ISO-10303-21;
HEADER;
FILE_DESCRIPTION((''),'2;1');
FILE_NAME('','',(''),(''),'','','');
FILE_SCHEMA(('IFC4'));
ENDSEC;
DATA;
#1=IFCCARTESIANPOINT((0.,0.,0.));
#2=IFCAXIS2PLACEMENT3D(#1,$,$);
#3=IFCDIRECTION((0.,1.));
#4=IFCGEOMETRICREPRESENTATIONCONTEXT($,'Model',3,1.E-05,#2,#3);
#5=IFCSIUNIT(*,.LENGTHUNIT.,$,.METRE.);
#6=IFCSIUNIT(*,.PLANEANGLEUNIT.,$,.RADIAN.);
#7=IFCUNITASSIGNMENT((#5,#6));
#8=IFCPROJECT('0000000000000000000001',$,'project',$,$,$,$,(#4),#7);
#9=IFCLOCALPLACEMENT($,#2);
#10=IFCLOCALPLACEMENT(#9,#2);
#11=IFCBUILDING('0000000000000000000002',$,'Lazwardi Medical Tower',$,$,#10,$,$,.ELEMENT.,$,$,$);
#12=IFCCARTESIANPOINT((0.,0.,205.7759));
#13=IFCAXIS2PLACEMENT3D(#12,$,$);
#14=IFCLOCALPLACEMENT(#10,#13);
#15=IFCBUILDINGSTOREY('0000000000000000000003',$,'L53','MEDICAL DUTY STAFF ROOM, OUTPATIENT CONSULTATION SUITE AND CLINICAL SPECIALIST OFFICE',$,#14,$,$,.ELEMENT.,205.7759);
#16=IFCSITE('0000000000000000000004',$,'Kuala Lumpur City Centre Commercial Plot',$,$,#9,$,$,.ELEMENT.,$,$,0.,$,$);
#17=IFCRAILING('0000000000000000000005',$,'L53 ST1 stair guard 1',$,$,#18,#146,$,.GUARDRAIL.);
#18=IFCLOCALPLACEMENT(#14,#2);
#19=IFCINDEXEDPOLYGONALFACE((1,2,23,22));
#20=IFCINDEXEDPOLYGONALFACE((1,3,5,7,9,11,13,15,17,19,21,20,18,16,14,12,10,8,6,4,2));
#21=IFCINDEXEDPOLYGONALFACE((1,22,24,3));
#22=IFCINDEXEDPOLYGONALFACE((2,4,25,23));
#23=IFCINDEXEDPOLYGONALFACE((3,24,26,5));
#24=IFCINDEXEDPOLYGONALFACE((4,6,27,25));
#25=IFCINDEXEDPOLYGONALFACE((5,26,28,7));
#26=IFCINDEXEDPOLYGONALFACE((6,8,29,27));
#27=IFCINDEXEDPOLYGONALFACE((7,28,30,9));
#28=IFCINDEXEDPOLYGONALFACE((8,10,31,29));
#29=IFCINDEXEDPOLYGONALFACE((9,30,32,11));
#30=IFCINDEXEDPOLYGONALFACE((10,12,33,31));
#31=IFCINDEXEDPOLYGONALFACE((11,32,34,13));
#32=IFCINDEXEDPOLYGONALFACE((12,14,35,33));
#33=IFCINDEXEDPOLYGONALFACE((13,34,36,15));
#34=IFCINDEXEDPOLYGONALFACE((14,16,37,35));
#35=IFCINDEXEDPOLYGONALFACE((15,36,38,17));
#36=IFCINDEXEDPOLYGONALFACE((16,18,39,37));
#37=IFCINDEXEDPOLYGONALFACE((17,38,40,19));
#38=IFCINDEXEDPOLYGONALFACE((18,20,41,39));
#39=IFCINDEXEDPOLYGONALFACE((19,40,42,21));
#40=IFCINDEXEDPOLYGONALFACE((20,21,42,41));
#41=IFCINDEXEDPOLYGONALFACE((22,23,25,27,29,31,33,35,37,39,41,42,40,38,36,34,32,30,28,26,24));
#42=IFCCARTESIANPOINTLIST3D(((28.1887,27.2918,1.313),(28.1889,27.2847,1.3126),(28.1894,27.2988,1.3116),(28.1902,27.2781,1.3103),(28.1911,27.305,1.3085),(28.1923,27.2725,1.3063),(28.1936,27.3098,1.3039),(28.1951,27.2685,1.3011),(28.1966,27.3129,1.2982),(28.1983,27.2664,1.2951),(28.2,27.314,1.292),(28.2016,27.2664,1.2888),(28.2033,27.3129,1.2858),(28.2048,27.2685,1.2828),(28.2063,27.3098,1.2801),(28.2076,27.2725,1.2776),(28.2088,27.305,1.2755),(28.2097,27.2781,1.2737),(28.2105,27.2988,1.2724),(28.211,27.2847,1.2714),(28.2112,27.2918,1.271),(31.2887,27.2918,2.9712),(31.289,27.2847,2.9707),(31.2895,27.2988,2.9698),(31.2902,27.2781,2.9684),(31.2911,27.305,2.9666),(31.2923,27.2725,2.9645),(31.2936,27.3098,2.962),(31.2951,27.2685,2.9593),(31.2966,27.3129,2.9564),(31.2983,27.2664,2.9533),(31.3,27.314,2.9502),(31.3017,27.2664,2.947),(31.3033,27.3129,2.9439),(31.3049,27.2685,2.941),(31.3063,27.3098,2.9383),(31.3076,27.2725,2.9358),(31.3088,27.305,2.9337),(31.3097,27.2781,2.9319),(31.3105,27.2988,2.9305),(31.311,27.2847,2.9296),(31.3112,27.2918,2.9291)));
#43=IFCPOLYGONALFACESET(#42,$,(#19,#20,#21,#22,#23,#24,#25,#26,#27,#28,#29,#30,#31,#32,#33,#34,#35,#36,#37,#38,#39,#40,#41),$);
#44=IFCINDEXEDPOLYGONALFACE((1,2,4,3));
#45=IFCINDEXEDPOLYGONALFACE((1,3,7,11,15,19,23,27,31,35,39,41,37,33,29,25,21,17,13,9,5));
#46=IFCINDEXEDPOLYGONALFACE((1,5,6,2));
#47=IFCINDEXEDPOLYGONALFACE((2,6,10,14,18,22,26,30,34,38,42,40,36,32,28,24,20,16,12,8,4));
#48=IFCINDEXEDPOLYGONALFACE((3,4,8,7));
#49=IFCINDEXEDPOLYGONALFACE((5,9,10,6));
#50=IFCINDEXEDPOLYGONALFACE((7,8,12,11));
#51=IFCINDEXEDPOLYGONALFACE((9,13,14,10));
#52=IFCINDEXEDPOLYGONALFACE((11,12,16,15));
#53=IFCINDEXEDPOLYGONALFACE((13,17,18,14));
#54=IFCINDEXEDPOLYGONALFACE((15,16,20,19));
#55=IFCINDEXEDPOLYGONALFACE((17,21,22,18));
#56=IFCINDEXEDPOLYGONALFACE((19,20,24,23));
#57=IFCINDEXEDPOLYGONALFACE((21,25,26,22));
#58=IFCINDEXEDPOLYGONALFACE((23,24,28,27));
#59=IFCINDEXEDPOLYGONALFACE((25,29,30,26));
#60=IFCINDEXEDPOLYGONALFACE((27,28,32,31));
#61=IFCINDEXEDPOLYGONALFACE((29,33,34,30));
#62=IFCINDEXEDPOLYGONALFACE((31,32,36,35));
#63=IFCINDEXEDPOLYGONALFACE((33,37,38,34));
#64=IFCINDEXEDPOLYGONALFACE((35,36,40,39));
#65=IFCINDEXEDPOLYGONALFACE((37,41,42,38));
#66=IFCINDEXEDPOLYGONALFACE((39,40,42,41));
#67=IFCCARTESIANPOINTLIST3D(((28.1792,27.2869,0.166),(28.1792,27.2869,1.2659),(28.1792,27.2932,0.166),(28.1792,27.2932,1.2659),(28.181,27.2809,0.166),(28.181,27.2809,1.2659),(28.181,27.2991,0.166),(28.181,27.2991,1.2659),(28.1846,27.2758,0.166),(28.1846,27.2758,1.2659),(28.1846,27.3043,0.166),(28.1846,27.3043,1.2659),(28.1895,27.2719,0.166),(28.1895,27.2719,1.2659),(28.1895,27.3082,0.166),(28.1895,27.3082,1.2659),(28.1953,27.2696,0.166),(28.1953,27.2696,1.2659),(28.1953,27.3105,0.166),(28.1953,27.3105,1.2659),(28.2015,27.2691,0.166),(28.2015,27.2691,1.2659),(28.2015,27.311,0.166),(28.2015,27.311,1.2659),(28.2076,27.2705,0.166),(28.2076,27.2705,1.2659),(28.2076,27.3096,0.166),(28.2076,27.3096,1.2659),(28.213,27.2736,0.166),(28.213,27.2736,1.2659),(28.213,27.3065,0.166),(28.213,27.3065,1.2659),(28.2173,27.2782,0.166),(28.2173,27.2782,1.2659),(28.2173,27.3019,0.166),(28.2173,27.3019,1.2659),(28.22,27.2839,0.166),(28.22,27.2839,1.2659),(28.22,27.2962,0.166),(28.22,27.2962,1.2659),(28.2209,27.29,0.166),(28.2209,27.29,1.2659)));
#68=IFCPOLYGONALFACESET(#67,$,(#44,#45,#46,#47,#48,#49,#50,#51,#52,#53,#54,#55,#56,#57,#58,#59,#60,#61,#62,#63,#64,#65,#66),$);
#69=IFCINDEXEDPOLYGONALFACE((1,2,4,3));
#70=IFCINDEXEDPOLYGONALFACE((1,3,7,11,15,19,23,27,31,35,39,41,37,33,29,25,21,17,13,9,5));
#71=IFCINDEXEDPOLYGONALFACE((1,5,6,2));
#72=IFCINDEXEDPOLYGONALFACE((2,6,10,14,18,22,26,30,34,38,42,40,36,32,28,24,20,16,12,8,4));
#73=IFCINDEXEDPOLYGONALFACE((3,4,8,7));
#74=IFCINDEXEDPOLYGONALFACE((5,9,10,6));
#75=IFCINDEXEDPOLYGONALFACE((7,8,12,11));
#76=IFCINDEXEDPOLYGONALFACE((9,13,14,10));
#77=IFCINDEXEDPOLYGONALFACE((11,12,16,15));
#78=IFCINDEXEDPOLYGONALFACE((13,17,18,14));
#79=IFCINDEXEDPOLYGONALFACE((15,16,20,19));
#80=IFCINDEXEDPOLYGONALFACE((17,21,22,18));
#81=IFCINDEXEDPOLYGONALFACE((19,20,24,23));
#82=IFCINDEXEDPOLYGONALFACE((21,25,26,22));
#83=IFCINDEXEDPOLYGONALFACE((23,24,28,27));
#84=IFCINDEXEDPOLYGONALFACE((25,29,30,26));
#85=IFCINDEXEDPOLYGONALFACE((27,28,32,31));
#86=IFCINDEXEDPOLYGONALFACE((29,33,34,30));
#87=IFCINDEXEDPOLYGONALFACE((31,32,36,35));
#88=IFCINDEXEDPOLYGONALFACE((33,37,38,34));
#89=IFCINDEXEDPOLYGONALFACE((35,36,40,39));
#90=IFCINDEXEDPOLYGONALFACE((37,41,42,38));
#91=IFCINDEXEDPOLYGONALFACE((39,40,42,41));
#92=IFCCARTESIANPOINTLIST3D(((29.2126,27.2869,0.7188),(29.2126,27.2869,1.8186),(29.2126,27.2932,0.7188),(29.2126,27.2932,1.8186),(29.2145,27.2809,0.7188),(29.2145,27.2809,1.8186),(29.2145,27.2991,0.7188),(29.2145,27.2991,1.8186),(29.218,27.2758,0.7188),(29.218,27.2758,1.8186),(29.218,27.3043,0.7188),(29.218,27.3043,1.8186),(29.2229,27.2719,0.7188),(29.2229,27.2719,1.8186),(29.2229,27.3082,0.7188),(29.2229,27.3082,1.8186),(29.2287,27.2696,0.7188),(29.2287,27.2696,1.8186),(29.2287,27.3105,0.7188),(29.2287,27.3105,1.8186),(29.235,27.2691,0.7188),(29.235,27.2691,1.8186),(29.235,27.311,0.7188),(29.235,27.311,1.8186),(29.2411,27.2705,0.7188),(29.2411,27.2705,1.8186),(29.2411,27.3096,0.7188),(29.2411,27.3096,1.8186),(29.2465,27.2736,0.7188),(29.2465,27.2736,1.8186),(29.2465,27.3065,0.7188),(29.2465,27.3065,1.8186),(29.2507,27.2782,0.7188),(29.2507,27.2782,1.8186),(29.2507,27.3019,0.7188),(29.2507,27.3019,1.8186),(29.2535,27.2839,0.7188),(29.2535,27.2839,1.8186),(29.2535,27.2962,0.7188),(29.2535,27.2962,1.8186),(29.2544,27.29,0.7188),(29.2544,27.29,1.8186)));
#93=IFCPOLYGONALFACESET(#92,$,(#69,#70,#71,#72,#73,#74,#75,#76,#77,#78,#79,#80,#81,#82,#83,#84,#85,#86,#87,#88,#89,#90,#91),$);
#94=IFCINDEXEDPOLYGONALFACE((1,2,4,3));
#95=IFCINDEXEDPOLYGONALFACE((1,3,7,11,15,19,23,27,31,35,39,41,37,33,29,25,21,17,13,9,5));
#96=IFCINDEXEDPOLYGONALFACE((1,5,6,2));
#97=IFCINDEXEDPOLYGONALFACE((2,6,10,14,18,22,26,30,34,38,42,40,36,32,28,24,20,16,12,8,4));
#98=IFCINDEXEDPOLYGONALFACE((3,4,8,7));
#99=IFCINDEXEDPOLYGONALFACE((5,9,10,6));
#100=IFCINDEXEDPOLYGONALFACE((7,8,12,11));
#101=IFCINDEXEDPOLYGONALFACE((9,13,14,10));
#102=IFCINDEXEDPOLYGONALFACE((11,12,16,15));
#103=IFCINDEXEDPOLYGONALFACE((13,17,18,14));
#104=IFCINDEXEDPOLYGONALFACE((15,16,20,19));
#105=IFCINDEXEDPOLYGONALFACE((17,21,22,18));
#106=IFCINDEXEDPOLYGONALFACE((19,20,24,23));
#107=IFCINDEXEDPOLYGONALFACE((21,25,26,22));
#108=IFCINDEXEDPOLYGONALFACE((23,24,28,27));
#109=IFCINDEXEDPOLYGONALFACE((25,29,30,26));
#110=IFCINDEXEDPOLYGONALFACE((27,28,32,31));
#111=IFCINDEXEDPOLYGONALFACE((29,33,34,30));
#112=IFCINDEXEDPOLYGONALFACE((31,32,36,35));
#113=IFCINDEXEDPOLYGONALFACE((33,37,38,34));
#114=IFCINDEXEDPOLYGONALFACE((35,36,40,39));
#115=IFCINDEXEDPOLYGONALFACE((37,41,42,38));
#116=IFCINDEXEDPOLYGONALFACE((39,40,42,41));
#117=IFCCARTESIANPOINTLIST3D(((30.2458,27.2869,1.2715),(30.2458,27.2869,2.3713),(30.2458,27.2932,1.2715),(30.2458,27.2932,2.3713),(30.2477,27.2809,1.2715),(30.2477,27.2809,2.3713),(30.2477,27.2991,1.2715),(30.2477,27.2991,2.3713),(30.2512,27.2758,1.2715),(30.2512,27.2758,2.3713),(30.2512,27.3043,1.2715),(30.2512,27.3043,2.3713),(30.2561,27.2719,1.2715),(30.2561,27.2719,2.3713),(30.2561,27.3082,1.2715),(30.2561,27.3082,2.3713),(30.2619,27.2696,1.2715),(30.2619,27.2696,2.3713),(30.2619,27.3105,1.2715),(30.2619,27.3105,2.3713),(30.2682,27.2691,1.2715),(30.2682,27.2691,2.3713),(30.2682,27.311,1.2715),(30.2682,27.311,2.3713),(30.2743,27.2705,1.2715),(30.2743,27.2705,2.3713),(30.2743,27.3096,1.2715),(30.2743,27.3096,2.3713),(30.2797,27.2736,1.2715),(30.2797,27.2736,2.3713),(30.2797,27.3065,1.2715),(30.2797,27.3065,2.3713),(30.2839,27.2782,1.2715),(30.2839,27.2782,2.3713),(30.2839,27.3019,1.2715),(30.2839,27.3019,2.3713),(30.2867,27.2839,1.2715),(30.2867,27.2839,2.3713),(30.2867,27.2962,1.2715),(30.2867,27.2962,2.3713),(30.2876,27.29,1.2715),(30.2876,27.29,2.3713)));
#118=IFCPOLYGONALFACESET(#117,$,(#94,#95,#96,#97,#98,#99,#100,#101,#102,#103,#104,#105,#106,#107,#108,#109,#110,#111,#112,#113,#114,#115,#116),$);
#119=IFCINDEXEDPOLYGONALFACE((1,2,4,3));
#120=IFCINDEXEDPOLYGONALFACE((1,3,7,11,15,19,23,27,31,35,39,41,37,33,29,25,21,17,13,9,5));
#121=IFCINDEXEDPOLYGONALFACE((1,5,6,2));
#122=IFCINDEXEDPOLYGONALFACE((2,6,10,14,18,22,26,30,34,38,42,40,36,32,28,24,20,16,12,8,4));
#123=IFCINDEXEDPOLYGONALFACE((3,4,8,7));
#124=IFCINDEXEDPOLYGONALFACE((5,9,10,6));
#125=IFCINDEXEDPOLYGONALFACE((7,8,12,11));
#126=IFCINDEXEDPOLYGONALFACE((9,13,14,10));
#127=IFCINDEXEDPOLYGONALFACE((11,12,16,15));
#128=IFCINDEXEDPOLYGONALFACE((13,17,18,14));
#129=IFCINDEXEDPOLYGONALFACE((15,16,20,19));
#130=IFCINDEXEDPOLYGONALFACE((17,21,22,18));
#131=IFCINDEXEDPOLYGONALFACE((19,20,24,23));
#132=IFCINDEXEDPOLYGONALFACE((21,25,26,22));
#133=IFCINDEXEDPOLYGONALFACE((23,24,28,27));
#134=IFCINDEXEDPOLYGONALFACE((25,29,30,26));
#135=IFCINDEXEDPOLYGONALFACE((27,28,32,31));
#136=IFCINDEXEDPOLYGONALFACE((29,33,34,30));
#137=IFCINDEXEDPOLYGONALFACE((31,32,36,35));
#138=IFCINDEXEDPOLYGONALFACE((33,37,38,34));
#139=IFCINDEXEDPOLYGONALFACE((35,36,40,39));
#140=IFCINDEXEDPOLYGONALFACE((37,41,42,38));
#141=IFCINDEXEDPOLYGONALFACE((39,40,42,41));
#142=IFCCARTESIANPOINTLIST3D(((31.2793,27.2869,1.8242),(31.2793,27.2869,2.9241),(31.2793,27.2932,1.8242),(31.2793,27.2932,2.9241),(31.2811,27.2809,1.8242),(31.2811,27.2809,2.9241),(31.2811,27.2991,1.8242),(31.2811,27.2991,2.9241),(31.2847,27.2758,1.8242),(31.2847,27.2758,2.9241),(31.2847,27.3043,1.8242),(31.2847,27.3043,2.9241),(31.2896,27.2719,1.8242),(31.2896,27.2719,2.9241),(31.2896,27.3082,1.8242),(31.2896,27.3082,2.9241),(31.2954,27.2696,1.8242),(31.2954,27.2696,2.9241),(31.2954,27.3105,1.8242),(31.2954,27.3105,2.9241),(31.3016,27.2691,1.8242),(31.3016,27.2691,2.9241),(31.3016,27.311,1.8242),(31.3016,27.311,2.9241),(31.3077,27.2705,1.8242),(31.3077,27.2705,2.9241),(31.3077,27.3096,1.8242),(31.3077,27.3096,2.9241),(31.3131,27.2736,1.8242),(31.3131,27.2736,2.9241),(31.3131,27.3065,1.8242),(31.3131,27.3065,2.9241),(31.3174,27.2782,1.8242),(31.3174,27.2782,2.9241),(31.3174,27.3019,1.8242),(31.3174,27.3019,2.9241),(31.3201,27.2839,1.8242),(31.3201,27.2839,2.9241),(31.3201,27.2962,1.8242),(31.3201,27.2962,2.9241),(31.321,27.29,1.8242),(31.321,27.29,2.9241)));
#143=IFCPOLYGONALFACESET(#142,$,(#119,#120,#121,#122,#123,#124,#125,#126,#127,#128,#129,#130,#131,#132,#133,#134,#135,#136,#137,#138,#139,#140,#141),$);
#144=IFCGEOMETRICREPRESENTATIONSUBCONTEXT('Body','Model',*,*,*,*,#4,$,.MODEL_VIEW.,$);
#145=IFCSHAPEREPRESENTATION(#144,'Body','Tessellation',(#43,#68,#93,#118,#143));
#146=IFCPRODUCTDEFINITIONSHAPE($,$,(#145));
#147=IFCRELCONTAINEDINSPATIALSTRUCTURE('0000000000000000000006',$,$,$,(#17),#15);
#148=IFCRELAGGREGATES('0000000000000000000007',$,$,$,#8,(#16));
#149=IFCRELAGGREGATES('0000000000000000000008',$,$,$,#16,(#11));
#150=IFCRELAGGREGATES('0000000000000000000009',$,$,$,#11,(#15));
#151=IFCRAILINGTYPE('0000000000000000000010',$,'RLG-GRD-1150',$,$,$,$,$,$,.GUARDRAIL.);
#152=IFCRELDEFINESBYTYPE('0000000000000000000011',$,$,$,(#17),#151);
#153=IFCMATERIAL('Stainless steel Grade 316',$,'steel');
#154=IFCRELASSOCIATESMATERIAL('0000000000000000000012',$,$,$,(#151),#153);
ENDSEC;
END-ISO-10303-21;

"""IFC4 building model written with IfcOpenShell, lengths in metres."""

from ifc_helpers import new_model, si_unit, direction, frame, origin, origin_2d, place, context, subcontext, project, spatial, circle, extrude, material, type_object, element, save


model = new_model("IFC4")

# Units and contexts
model_context = context("Model", 3, precision=1e-05, world=origin(), true_north=direction((0.0, 1.0)))
body_context = subcontext(model_context, "Body", "Model", "MODEL_VIEW")
ifc_project = project(units=[si_unit("LENGTHUNIT", "METRE"), si_unit("PLANEANGLEUNIT", "RADIAN")], contexts=[model_context])

# Site, building, storey
site_placement = place(None, origin())
site = spatial("IfcSite", under=ifc_project, at=site_placement, Name="Kuala Lumpur City Centre Commercial Plot", CompositionType="ELEMENT", RefElevation=0.0)
building_placement = place(site_placement, origin())
building = spatial("IfcBuilding", under=site, at=building_placement, Name="Lazwardi Medical Tower", CompositionType="ELEMENT")
storey_placement = place(building_placement, frame((0.0, 0.0, 205.7759)))
storey = spatial("IfcBuildingStorey", under=building, at=storey_placement, Name="L53", Description="MEDICAL DUTY STAFF ROOM, OUTPATIENT CONSULTATION SUITE AND CLINICAL SPECIALIST OFFICE", CompositionType="ELEMENT", Elevation=205.7759)

# Railing
ifc_material_1 = material(Name="Stainless steel Grade 316", Category="steel")
railing_type_1 = type_object("IfcRailingType", Name="RLG-GRD-1150", PredefinedType="GUARDRAIL", material=ifc_material_1)
railing_1_placement = place(storey_placement, frame((28.2, 27.29, 0.166)))
element("IfcRailing", 1, at=railing_1_placement, inside=storey, type_object=railing_type_1, Name="L53 ST1 stair guard 1", PredefinedType="GUARDRAIL", context=body_context, shape_type="SweptSolid", body=[
    extrude(circle(Radius=0.0239, at=origin_2d()), frame((0.0, 0.0, 1.126), z_axis=(0.881783, 0.0, 0.471655), x_axis=(0.0, 1.0, 0.0)), (0.0, 0.0, 1.0), 3.5156),
    extrude(circle(Radius=0.021, at=origin_2d()), origin(), (0.0, 0.0, 1.0), 1.0999),
    extrude(circle(Radius=0.021, at=origin_2d()), frame((1.0334, 0.0, 0.5527)), (0.0, 0.0, 1.0), 1.0999),
    extrude(circle(Radius=0.021, at=origin_2d()), frame((2.0667, 0.0, 1.1055)), (0.0, 0.0, 1.0), 1.0999),
    extrude(circle(Radius=0.021, at=origin_2d()), frame((3.1001, 0.0, 1.6582)), (0.0, 0.0, 1.0), 1.0999),
])

save(model, "model.ifc")
